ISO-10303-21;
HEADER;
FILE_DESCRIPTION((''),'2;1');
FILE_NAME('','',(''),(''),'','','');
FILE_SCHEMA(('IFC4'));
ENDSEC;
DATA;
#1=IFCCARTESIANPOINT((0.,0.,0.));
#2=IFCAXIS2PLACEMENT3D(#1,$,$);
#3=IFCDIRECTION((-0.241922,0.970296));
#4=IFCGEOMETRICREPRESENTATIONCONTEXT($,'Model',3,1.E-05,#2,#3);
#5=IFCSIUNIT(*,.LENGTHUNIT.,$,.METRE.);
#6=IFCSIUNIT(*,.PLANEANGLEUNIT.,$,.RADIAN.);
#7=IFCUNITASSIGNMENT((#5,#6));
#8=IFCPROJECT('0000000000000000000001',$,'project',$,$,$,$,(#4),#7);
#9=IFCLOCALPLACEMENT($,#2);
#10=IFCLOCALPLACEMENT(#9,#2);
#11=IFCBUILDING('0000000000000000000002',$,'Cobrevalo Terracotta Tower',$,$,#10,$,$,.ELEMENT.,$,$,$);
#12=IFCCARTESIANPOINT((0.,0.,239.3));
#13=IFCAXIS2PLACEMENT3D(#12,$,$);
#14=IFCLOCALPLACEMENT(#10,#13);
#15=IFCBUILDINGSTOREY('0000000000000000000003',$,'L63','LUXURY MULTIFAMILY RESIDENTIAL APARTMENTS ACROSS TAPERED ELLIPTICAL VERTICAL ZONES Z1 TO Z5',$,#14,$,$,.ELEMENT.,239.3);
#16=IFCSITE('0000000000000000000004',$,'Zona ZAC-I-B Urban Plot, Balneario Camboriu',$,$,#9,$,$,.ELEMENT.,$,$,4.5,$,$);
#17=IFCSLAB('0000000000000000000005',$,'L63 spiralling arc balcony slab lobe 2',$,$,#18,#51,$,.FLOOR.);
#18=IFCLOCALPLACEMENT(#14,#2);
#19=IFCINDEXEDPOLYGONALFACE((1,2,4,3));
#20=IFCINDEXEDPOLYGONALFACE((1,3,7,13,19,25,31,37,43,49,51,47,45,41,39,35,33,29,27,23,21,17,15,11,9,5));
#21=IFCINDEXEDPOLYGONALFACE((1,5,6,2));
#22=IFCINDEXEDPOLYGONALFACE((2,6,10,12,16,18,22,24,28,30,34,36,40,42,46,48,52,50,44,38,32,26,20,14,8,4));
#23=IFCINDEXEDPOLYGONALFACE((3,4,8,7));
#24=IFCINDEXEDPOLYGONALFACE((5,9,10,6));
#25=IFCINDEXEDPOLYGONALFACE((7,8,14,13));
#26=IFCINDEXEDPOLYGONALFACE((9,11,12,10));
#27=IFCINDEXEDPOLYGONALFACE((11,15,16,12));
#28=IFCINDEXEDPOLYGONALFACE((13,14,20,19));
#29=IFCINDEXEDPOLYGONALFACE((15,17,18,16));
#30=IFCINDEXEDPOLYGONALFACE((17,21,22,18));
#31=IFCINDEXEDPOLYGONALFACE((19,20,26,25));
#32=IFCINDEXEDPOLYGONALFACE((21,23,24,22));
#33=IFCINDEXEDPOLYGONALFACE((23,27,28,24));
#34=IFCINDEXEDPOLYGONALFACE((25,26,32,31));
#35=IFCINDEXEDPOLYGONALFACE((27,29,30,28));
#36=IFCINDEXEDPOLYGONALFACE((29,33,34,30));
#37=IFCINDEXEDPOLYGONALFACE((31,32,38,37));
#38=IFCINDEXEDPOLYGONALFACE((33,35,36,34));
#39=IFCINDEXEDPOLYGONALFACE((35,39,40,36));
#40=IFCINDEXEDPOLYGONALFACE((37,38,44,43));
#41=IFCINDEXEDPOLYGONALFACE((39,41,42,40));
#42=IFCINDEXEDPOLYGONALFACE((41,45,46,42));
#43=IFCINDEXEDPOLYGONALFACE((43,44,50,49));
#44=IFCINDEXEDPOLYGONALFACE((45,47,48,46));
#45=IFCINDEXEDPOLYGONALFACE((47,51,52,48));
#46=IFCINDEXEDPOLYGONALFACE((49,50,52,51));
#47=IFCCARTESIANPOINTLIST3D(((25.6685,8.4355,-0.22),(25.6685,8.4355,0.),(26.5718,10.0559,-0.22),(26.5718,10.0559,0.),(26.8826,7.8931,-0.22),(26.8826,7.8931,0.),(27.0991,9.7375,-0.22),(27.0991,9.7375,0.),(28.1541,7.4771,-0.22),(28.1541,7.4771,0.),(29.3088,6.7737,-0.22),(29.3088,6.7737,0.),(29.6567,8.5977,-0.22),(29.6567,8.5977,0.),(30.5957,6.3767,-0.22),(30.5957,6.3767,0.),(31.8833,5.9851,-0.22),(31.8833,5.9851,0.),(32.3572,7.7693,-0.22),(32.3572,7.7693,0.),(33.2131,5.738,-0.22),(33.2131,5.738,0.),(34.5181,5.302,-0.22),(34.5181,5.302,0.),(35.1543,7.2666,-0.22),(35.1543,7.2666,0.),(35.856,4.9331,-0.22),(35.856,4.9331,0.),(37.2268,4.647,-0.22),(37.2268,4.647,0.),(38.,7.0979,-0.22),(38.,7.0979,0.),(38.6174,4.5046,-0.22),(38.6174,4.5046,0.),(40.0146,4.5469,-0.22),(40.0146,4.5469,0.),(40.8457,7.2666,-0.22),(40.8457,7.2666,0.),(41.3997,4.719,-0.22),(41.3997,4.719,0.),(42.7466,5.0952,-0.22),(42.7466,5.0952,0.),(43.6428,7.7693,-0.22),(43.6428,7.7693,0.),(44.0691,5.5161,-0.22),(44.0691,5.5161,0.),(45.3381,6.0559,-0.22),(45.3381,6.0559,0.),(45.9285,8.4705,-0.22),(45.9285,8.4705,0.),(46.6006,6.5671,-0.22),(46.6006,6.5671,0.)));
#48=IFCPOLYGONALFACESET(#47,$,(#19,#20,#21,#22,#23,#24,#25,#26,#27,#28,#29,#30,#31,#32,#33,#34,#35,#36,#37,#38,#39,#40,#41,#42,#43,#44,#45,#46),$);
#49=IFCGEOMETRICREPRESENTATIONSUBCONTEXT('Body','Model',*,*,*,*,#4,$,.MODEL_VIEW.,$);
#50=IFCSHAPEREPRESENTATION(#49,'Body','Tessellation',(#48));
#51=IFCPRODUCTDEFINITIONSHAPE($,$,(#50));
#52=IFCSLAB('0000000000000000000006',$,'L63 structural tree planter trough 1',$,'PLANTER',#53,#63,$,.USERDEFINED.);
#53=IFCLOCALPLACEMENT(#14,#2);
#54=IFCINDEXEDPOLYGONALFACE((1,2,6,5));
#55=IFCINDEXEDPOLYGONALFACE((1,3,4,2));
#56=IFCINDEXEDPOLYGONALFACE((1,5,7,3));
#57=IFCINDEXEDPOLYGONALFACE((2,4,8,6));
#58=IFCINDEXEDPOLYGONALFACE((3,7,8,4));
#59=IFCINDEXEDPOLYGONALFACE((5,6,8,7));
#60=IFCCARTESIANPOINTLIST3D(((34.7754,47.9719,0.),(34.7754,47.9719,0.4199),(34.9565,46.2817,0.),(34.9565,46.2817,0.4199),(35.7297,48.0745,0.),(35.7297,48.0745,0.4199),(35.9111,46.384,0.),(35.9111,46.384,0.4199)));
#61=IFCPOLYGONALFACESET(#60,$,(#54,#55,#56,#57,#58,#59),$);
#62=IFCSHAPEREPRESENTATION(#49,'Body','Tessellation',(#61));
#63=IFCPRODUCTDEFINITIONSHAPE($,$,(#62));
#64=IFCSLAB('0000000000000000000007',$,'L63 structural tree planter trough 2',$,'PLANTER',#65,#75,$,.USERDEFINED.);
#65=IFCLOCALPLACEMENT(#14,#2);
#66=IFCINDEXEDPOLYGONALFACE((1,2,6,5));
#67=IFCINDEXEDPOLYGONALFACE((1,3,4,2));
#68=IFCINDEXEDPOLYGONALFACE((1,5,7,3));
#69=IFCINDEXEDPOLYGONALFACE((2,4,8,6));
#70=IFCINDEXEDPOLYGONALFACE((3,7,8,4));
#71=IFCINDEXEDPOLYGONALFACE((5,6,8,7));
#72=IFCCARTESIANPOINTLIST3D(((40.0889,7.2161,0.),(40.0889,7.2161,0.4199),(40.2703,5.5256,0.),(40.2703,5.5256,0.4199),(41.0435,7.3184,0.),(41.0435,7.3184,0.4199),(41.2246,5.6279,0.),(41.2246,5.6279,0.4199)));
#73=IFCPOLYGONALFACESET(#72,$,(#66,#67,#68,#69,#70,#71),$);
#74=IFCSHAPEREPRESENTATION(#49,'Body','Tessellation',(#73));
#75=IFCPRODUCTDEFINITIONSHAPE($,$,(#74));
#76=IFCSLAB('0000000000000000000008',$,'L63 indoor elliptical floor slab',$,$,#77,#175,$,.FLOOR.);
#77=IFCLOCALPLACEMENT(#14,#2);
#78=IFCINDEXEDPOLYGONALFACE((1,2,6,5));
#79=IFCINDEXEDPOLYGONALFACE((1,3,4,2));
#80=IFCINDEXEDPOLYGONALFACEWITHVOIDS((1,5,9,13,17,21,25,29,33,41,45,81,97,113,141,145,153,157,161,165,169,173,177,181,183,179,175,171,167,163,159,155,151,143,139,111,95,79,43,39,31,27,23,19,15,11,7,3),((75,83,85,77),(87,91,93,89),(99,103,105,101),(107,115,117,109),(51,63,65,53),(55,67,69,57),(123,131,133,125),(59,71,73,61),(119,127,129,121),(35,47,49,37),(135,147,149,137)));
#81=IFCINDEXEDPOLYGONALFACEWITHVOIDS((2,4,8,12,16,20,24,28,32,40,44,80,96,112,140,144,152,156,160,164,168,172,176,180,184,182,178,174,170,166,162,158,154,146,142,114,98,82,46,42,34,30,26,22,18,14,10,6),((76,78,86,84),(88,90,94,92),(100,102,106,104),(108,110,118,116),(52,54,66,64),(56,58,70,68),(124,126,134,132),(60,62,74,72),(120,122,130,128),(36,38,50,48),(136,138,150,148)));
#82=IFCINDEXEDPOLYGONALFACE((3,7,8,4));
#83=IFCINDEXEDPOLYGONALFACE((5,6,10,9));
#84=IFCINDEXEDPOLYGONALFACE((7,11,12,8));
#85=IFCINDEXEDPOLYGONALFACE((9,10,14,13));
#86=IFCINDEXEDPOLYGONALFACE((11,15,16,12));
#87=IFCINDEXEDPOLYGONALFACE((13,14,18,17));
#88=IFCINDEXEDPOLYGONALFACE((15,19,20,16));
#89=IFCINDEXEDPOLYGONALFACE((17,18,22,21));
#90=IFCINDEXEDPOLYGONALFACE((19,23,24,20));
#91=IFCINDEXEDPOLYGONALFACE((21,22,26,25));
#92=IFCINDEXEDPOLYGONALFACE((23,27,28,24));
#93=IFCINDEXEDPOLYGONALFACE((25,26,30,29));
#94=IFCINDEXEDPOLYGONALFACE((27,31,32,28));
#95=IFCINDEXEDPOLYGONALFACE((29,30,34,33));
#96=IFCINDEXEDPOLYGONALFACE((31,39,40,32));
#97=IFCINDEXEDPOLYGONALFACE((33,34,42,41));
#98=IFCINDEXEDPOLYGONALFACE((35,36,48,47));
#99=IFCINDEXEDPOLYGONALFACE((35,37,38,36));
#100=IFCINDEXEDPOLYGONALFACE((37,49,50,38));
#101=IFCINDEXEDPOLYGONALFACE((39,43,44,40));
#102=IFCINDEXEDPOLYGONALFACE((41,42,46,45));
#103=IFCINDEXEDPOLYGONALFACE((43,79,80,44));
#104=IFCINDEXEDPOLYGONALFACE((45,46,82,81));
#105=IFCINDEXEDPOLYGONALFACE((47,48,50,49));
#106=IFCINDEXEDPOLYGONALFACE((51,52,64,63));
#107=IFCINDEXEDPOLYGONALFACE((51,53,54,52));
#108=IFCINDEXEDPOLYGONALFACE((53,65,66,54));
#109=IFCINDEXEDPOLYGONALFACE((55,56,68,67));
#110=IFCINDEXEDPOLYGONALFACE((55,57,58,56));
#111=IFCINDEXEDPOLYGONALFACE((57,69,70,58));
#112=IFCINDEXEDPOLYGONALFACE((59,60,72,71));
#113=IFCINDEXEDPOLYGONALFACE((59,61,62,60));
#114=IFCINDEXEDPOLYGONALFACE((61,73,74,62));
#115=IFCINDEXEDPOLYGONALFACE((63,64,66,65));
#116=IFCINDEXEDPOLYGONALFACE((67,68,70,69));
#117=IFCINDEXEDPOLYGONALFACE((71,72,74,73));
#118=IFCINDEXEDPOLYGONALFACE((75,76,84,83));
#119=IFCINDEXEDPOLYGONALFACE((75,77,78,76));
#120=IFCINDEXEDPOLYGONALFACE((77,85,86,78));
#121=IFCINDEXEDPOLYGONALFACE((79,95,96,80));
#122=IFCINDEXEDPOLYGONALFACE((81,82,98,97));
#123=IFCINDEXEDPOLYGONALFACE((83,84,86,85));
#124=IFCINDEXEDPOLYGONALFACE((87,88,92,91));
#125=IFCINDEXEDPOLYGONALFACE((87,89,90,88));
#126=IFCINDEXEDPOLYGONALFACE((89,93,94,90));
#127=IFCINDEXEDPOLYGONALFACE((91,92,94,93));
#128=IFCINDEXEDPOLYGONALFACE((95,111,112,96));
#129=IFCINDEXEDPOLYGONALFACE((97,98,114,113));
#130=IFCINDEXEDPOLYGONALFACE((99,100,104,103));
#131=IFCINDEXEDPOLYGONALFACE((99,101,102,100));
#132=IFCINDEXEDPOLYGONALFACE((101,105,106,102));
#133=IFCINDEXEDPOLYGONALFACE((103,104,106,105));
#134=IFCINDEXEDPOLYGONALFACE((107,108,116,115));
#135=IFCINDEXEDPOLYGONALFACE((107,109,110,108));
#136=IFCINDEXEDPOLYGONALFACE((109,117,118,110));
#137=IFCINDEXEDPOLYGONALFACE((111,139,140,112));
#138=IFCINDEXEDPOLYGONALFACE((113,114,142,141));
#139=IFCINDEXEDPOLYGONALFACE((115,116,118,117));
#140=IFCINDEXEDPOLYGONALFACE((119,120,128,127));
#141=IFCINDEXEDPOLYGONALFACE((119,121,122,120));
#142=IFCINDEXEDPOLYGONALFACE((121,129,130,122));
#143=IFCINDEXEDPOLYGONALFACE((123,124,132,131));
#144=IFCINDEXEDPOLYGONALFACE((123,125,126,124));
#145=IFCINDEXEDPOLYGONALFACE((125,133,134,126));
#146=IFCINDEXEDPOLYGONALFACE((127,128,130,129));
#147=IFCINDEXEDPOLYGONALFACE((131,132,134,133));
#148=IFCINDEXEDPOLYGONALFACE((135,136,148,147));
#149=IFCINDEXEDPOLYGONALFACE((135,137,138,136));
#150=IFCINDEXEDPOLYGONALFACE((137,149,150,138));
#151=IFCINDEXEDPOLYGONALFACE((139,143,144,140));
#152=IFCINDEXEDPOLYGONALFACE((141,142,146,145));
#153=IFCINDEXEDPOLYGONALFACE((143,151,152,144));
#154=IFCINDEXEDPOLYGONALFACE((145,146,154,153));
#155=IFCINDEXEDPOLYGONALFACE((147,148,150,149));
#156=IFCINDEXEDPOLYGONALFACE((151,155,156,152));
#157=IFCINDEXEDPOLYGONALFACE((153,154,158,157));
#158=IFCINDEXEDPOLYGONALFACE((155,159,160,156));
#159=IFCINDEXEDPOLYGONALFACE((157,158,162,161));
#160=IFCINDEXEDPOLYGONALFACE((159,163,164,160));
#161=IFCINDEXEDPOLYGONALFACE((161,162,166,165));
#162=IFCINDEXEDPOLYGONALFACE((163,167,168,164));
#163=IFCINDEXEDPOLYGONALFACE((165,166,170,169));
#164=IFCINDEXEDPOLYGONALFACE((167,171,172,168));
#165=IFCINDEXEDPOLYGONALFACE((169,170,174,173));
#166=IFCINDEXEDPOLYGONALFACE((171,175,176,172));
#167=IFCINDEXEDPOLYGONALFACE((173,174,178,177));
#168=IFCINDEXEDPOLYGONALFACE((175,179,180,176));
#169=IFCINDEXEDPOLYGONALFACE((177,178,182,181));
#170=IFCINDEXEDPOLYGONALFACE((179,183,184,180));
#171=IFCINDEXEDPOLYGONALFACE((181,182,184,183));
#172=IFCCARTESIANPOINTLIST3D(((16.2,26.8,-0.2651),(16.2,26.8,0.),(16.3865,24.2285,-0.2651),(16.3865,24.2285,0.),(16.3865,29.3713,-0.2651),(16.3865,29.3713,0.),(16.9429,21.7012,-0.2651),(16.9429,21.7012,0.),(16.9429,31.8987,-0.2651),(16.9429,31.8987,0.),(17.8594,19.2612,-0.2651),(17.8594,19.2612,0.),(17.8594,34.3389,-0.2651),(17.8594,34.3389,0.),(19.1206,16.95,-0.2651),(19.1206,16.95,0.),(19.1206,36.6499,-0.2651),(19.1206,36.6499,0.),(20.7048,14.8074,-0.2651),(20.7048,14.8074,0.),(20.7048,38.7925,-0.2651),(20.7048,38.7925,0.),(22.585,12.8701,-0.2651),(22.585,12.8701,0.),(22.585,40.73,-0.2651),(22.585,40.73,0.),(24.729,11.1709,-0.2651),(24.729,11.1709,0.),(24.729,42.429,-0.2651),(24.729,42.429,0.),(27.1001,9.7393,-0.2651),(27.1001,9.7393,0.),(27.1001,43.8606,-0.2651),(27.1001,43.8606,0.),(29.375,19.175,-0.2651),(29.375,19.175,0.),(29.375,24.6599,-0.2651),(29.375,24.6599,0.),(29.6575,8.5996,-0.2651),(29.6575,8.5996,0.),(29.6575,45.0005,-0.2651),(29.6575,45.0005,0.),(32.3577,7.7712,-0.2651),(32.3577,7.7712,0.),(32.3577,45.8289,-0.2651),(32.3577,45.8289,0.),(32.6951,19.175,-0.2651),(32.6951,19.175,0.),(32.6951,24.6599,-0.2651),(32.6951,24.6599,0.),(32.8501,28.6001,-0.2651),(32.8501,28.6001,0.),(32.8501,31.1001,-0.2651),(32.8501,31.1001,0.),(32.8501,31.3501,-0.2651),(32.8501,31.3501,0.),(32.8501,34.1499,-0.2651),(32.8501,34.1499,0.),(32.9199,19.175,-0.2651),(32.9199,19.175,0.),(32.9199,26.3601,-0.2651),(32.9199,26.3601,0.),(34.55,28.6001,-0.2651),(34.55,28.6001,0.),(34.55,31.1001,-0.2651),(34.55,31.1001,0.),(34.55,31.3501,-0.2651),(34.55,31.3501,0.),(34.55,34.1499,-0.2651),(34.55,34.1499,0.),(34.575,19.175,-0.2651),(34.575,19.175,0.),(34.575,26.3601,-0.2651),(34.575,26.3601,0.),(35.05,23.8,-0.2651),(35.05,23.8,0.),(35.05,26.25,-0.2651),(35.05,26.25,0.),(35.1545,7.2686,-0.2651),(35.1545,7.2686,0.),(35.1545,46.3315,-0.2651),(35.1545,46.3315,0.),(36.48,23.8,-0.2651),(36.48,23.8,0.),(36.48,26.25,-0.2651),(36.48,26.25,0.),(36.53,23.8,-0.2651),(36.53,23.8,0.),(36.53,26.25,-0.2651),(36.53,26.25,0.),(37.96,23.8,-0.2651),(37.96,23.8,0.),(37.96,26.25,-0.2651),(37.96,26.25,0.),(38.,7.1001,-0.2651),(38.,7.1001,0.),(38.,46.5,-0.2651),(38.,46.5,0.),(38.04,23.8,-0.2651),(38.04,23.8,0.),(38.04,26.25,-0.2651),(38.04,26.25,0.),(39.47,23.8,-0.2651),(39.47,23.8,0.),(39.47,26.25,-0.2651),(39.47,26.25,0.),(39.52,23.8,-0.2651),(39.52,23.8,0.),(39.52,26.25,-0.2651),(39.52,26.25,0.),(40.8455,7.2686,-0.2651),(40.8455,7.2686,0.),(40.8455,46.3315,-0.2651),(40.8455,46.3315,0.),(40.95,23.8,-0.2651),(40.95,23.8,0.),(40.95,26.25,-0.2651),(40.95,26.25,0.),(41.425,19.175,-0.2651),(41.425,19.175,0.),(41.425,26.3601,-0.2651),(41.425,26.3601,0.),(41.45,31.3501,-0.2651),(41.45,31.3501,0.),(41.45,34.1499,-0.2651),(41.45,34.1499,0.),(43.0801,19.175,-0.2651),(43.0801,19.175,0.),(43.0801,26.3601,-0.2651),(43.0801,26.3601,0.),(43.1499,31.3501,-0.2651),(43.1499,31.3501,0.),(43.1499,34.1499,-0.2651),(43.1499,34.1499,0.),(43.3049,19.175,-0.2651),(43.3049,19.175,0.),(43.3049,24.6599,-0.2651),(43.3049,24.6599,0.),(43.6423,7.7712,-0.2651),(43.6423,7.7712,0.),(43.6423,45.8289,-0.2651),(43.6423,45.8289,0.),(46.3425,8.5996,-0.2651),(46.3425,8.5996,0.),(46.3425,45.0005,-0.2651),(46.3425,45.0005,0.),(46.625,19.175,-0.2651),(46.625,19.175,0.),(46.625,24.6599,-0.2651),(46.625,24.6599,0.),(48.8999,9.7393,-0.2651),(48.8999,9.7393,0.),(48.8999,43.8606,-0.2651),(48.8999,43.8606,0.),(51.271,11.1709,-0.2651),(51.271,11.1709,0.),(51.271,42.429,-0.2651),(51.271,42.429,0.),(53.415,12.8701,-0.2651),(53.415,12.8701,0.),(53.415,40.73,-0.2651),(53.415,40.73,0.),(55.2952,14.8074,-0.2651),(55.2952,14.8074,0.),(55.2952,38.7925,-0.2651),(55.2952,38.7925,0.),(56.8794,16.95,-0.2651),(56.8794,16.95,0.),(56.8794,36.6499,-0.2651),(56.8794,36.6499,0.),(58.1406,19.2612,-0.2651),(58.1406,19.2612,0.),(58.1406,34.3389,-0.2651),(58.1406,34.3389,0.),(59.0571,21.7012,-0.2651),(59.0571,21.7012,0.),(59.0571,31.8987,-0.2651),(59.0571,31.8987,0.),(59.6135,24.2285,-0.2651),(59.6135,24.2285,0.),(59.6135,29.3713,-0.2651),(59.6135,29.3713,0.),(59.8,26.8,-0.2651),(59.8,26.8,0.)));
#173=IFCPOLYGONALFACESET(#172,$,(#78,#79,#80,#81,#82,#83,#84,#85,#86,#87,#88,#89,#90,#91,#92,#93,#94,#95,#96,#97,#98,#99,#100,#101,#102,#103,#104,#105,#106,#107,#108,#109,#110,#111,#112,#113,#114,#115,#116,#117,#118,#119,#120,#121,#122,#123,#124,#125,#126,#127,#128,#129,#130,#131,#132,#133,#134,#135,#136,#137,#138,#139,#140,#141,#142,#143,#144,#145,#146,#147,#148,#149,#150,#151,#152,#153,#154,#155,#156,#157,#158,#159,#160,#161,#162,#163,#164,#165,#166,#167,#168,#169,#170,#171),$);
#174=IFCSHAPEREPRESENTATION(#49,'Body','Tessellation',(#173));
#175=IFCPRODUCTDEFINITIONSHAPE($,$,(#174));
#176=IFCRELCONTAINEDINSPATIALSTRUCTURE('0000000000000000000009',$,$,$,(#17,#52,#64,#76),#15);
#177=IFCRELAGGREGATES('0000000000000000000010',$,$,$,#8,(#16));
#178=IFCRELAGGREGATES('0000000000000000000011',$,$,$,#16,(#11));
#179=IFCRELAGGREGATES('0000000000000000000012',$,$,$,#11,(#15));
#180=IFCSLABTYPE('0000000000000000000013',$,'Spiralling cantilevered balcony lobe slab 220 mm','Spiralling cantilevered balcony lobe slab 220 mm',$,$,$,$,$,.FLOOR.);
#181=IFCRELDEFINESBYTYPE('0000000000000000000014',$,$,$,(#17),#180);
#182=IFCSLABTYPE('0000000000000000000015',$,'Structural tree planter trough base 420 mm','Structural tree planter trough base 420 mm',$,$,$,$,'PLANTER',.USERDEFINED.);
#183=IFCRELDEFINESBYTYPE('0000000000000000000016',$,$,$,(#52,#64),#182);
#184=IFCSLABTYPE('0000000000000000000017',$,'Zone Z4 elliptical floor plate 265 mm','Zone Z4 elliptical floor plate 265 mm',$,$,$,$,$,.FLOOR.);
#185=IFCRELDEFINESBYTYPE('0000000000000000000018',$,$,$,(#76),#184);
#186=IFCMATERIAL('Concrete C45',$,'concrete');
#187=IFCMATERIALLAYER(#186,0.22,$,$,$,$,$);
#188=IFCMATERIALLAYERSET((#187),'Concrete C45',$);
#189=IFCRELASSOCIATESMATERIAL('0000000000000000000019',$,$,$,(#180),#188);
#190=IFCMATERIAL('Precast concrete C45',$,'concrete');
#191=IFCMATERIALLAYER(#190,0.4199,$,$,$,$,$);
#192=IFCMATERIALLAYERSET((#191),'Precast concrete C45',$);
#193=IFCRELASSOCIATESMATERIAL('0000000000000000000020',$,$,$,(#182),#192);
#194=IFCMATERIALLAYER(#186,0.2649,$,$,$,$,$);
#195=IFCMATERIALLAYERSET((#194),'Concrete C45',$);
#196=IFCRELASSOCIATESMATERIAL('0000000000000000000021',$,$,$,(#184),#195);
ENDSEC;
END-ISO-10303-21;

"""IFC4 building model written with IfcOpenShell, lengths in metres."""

from ifc_helpers import new_model, si_unit, direction, frame, origin, place, context, subcontext, project, spatial, polyline, outline, extrude, material, layer, layer_set, type_object, element, save


model = new_model("IFC4")

# Units and contexts
model_context = context("Model", 3, precision=1e-05, world=origin(), true_north=direction((-0.241922, 0.970296)))
body_context = subcontext(model_context, "Body", "Model", "MODEL_VIEW")
ifc_project = project(units=[si_unit("LENGTHUNIT", "METRE"), si_unit("PLANEANGLEUNIT", "RADIAN")], contexts=[model_context])

# Site, building, storey
site_placement = place(None, origin())
site = spatial("IfcSite", under=ifc_project, at=site_placement, Name="Zona ZAC-I-B Urban Plot, Balneario Camboriu", CompositionType="ELEMENT", RefElevation=4.5)
building_placement = place(site_placement, origin())
building = spatial("IfcBuilding", under=site, at=building_placement, Name="Cobrevalo Terracotta Tower", CompositionType="ELEMENT")
storey_placement = place(building_placement, frame((0.0, 0.0, 239.3)))
storey = spatial("IfcBuildingStorey", under=building, at=storey_placement, Name="L63", Description="LUXURY MULTIFAMILY RESIDENTIAL APARTMENTS ACROSS TAPERED ELLIPTICAL VERTICAL ZONES Z1 TO Z5", CompositionType="ELEMENT", Elevation=239.3)

# Slabs
ifc_material_1 = material(Name="Concrete C45", Category="concrete")
ifc_layer_1 = layer(ifc_material_1, 0.22)
ifc_layer_set_1 = layer_set([ifc_layer_1], Name="Concrete C45")
slab_type_1 = type_object("IfcSlabType", Name="Spiralling cantilevered balcony lobe slab 220 mm", Description="Spiralling cantilevered balcony lobe slab 220 mm", PredefinedType="FLOOR", material=ifc_layer_set_1)
slab_1_placement = place(storey_placement, frame((0.0, 0.0, -0.22)))
element("IfcSlab", 1, at=slab_1_placement, inside=storey, type_object=slab_type_1, Name="L63 spiralling arc balcony slab lobe 2", PredefinedType="FLOOR", context=body_context, shape_type="SweptSolid", body=[
    extrude(outline(polyline([(25.6685, 8.4355), (26.8826, 7.8931), (28.1541, 7.4771), (29.3088, 6.7737), (30.5957, 6.3767), (31.8833, 5.9851), (33.2131, 5.738), (34.5181, 5.302), (35.856, 4.9331), (37.2268, 4.647), (38.6174, 4.5046), (40.0146, 4.5469), (41.3997, 4.719), (42.7466, 5.0952), (44.0691, 5.5161), (45.3381, 6.0559), (46.6006, 6.5671), (45.9285, 8.4705), (43.6428, 7.7693), (40.8457, 7.2666), (38.0, 7.0979), (35.1543, 7.2666), (32.3572, 7.7693), (29.6567, 8.5977), (27.0991, 9.7375), (26.5718, 10.0559), (25.6685, 8.4355)])), origin(), (0.0, 0.0, 1.0), 0.22),
])
ifc_material_2 = material(Name="Precast concrete C45", Category="concrete")
ifc_layer_2 = layer(ifc_material_2, 0.4199)
ifc_layer_set_2 = layer_set([ifc_layer_2], Name="Precast concrete C45")
slab_type_2 = type_object("IfcSlabType", Name="Structural tree planter trough base 420 mm", Description="Structural tree planter trough base 420 mm", ElementType="PLANTER", PredefinedType="USERDEFINED", material=ifc_layer_set_2)
slab_2_placement = place(storey_placement, origin())
element("IfcSlab", 2, at=slab_2_placement, inside=storey, type_object=slab_type_2, Name="L63 structural tree planter trough 1", ObjectType="PLANTER", PredefinedType="USERDEFINED", context=body_context, shape_type="SweptSolid", body=[
    extrude(outline(polyline([(35.9111, 46.384), (35.7297, 48.0745), (34.7754, 47.9719), (34.9565, 46.2817), (35.9111, 46.384)])), origin(), (0.0, 0.0, 1.0), 0.4199),
])
slab_3_placement = place(storey_placement, origin())
element("IfcSlab", 3, at=slab_3_placement, inside=storey, type_object=slab_type_2, Name="L63 structural tree planter trough 2", ObjectType="PLANTER", PredefinedType="USERDEFINED", context=body_context, shape_type="SweptSolid", body=[
    extrude(outline(polyline([(40.0889, 7.2161), (40.2703, 5.5256), (41.2246, 5.6279), (41.0435, 7.3184), (40.0889, 7.2161)])), origin(), (0.0, 0.0, 1.0), 0.4199),
])
ifc_layer_3 = layer(ifc_material_1, 0.2649)
ifc_layer_set_3 = layer_set([ifc_layer_3], Name="Concrete C45")
slab_type_3 = type_object("IfcSlabType", Name="Zone Z4 elliptical floor plate 265 mm", Description="Zone Z4 elliptical floor plate 265 mm", PredefinedType="FLOOR", material=ifc_layer_set_3)
slab_4_placement = place(storey_placement, frame((0.0, 0.0, -0.2651)))
element("IfcSlab", 4, at=slab_4_placement, inside=storey, type_object=slab_type_3, Name="L63 indoor elliptical floor slab", PredefinedType="FLOOR", context=body_context, shape_type="SweptSolid", body=[
    extrude(outline(polyline([(59.6135, 24.2285), (59.0571, 21.7012), (58.1406, 19.2612), (56.8794, 16.95), (55.2952, 14.8074), (53.415, 12.8701), (51.271, 11.1709), (48.8999, 9.7393), (46.3425, 8.5996), (43.6423, 7.7712), (40.8455, 7.2686), (38.0, 7.1001), (35.1545, 7.2686), (32.3577, 7.7712), (29.6575, 8.5996), (27.1001, 9.7393), (24.729, 11.1709), (22.585, 12.8701), (20.7048, 14.8074), (19.1206, 16.95), (17.8594, 19.2612), (16.9429, 21.7012), (16.3865, 24.2285), (16.2, 26.8), (16.3865, 29.3713), (16.9429, 31.8987), (17.8594, 34.3389), (19.1206, 36.6499), (20.7048, 38.7925), (22.585, 40.73), (24.729, 42.429), (27.1001, 43.8606), (29.6575, 45.0005), (32.3577, 45.8289), (35.1545, 46.3315), (38.0, 46.5), (40.8455, 46.3315), (43.6423, 45.8289), (46.3425, 45.0005), (48.8999, 43.8606), (51.271, 42.429), (53.415, 40.73), (55.2952, 38.7925), (56.8794, 36.6499), (58.1406, 34.3389), (59.0571, 31.8987), (59.6135, 29.3713), (59.8, 26.8), (59.6135, 24.2285)]), holes=[polyline([(32.6951, 19.175), (32.6951, 24.6599), (29.375, 24.6599), (29.375, 19.175), (32.6951, 19.175)]), polyline([(34.575, 26.3601), (32.9199, 26.3601), (32.9199, 19.175), (34.575, 19.175), (34.575, 26.3601)]), polyline([(36.48, 26.25), (35.05, 26.25), (35.05, 23.8), (36.48, 23.8), (36.48, 26.25)]), polyline([(37.96, 23.8), (37.96, 26.25), (36.53, 26.25), (36.53, 23.8), (37.96, 23.8)]), polyline([(34.55, 28.6001), (34.55, 31.1001), (32.8501, 31.1001), (32.8501, 28.6001), (34.55, 28.6001)]), polyline([(34.55, 34.1499), (32.8501, 34.1499), (32.8501, 31.3501), (34.55, 31.3501), (34.55, 34.1499)]), polyline([(43.3049, 19.175), (46.625, 19.175), (46.625, 24.6599), (43.3049, 24.6599), (43.3049, 19.175)]), polyline([(43.0801, 19.175), (43.0801, 26.3601), (41.425, 26.3601), (41.425, 19.175), (43.0801, 19.175)]), polyline([(39.47, 26.25), (38.04, 26.25), (38.04, 23.8), (39.47, 23.8), (39.47, 26.25)]), polyline([(40.95, 23.8), (40.95, 26.25), (39.52, 26.25), (39.52, 23.8), (40.95, 23.8)]), polyline([(43.1499, 31.3501), (43.1499, 34.1499), (41.45, 34.1499), (41.45, 31.3501), (43.1499, 31.3501)])]), origin(), (0.0, 0.0, 1.0), 0.2651),
])

save(model, "model.ifc")
